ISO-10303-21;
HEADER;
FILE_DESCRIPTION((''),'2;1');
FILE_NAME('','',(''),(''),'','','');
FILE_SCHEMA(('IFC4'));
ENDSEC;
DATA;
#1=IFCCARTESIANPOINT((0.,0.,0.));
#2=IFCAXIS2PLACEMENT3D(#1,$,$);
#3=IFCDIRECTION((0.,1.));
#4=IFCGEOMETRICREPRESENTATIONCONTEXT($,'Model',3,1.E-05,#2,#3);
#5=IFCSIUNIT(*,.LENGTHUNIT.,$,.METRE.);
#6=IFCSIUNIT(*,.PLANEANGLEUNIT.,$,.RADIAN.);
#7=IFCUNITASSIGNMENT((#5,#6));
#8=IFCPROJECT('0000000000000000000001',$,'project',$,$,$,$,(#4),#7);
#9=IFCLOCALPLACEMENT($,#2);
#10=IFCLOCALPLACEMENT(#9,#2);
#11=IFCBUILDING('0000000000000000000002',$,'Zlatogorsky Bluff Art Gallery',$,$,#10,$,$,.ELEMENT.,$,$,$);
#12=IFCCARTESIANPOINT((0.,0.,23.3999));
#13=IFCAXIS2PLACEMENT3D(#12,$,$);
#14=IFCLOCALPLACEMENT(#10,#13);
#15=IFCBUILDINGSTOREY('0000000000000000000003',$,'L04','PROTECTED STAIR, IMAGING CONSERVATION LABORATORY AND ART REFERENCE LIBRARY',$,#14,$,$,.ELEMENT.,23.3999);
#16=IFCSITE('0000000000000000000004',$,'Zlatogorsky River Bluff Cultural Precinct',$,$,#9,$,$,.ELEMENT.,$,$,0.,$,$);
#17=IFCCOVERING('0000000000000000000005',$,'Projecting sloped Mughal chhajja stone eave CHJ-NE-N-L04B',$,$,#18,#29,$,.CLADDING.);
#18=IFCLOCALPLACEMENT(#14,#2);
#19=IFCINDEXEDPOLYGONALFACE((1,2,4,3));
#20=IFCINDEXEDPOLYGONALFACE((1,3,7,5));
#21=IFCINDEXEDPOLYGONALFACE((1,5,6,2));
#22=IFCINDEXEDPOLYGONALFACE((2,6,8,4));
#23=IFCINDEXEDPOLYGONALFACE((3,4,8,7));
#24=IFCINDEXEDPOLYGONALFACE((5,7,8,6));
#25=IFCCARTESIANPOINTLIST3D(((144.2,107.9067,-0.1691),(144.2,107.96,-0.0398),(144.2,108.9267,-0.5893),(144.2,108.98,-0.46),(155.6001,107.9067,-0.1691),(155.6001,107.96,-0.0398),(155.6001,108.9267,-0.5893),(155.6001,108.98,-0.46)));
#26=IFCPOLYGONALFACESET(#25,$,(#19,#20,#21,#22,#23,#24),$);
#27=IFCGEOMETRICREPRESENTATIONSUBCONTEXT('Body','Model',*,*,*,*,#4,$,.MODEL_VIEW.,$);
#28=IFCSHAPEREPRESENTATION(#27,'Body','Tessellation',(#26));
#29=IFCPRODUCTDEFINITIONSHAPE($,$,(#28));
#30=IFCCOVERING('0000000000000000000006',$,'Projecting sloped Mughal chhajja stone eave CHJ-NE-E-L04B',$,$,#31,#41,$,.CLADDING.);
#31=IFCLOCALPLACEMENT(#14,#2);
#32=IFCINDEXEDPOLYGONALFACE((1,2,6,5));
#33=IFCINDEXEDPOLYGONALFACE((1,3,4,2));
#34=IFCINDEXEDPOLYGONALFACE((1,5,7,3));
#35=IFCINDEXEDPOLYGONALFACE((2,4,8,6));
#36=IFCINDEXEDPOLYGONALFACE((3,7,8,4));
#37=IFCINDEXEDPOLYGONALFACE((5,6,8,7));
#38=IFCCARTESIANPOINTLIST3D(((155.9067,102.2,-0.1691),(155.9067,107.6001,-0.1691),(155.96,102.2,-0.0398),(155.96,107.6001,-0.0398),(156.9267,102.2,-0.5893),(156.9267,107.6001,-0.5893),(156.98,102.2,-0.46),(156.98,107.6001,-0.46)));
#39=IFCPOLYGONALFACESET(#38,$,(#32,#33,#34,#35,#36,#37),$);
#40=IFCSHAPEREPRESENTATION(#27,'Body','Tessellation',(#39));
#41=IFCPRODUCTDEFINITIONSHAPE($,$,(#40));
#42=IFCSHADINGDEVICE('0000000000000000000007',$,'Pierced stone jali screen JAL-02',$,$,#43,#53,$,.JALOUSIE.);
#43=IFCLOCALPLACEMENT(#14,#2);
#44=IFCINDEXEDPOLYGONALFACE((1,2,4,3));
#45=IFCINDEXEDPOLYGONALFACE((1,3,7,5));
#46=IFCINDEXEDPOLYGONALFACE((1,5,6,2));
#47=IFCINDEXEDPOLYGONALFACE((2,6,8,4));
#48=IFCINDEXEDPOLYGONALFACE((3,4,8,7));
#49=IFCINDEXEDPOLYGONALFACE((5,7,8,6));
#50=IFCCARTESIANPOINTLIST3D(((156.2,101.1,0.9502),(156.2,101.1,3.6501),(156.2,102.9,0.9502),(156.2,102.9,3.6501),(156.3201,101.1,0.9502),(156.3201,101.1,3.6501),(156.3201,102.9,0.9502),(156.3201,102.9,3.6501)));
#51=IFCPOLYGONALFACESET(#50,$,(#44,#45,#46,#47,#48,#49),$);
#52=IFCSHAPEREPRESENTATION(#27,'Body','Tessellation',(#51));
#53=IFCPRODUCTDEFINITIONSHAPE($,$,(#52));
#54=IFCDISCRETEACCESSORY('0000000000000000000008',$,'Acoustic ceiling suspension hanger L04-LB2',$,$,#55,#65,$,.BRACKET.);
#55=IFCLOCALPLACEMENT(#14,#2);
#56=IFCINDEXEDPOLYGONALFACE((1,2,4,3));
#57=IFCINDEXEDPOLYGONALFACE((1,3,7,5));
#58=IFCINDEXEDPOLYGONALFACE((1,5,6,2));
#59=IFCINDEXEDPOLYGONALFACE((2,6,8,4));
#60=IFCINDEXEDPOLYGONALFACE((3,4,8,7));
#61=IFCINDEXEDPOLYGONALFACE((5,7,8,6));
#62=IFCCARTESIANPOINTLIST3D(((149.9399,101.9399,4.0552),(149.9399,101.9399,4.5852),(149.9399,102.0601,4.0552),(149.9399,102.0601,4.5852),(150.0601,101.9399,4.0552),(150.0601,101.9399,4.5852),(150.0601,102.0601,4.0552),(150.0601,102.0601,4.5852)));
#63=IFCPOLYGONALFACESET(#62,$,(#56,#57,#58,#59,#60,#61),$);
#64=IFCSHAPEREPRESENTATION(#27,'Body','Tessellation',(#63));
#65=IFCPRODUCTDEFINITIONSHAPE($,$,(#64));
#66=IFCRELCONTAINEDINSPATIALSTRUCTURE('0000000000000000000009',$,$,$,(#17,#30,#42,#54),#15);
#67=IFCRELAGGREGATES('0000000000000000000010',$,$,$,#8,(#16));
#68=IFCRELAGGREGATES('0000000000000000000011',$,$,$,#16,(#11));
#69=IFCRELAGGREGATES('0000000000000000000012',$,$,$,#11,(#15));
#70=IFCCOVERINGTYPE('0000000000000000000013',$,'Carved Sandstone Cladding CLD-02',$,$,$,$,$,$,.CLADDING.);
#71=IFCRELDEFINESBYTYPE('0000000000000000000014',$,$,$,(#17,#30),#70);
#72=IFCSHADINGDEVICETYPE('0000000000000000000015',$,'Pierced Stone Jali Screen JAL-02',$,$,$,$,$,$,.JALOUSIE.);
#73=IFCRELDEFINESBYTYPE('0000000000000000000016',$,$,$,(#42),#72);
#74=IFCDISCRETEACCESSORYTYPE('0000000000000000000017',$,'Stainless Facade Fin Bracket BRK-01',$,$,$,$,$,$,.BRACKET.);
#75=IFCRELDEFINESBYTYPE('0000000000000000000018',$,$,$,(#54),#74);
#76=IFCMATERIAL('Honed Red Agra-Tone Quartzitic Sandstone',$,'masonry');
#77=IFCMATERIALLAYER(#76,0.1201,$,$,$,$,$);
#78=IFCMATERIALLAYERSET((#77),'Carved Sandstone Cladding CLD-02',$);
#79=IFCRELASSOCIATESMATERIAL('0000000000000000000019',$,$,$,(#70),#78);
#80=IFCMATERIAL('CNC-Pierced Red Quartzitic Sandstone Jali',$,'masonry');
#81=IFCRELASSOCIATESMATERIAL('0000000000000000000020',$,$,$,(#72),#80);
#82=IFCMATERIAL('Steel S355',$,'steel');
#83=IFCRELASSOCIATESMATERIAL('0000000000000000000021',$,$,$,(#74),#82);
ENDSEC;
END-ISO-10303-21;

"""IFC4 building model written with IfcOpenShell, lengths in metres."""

from ifc_helpers import new_model, si_unit, direction, frame, origin, origin_2d, place, context, subcontext, project, spatial, polyline, rectangle, outline, extrude, material, layer, layer_set, type_object, element, save


model = new_model("IFC4")

# Units and contexts
model_context = context("Model", 3, precision=1e-05, world=origin(), true_north=direction((0.0, 1.0)))
body_context = subcontext(model_context, "Body", "Model", "MODEL_VIEW")
ifc_project = project(units=[si_unit("LENGTHUNIT", "METRE"), si_unit("PLANEANGLEUNIT", "RADIAN")], contexts=[model_context])

# Site, building, storey
site_placement = place(None, origin())
site = spatial("IfcSite", under=ifc_project, at=site_placement, Name="Zlatogorsky River Bluff Cultural Precinct", CompositionType="ELEMENT", RefElevation=0.0)
building_placement = place(site_placement, origin())
building = spatial("IfcBuilding", under=site, at=building_placement, Name="Zlatogorsky Bluff Art Gallery", CompositionType="ELEMENT")
storey_placement = place(building_placement, frame((0.0, 0.0, 23.3999)))
storey = spatial("IfcBuildingStorey", under=building, at=storey_placement, Name="L04", Description="PROTECTED STAIR, IMAGING CONSERVATION LABORATORY AND ART REFERENCE LIBRARY", CompositionType="ELEMENT", Elevation=23.3999)

# Shared definitions
ifc_material_1 = material(Name="Steel S355", Category="steel")

# Coverings
ifc_material_2 = material(Name="Honed Red Agra-Tone Quartzitic Sandstone", Category="masonry")
ifc_layer_1 = layer(ifc_material_2, 0.1201)
ifc_layer_set_1 = layer_set([ifc_layer_1], Name="Carved Sandstone Cladding CLD-02")
covering_type = type_object("IfcCoveringType", Name="Carved Sandstone Cladding CLD-02", PredefinedType="CLADDING", material=ifc_layer_set_1)
covering_1_placement = place(storey_placement, frame((144.2, 107.96, -0.0398), z_axis=(0.0, 0.380872, 0.924628), x_axis=(1.0, 0.0, 0.0)))
element("IfcCovering", 1, at=covering_1_placement, inside=storey, type_object=covering_type, Name="Projecting sloped Mughal chhajja stone eave CHJ-NE-N-L04B", PredefinedType="CLADDING", context=body_context, shape_type="SweptSolid", body=[
    extrude(outline(polyline([(0.0, 0.0), (11.4001, 0.0), (11.4001, 1.1032), (0.0, 1.1032), (0.0, 0.0)])), origin(), (0.0, 0.0, -1.0), 0.1399),
])
covering_2_placement = place(storey_placement, frame((155.96, 107.6001, -0.0398), z_axis=(0.380872, 0.0, 0.924628), x_axis=(0.0, -1.0, 0.0)))
element("IfcCovering", 2, at=covering_2_placement, inside=storey, type_object=covering_type, Name="Projecting sloped Mughal chhajja stone eave CHJ-NE-E-L04B", PredefinedType="CLADDING", context=body_context, shape_type="SweptSolid", body=[
    extrude(outline(polyline([(0.0, 0.0), (5.4001, 0.0), (5.4001, 1.1032), (0.0, 1.1032), (0.0, 0.0)])), origin(), (0.0, 0.0, -1.0), 0.1399),
])

# Shading device
ifc_material_3 = material(Name="CNC-Pierced Red Quartzitic Sandstone Jali", Category="masonry")
shading_device_type = type_object("IfcShadingDeviceType", Name="Pierced Stone Jali Screen JAL-02", PredefinedType="JALOUSIE", material=ifc_material_3)
shading_device_placement = place(storey_placement, frame((156.26, 102.0, 0.9502), z_axis=(0.0, 0.0, 1.0), x_axis=(1.0, 0.0, 0.0)))
element("IfcShadingDevice", 3, at=shading_device_placement, inside=storey, type_object=shading_device_type, Name="Pierced stone jali screen JAL-02", PredefinedType="JALOUSIE", context=body_context, shape_type="SweptSolid", body=[
    extrude(rectangle(XDim=0.1201, YDim=1.8, at=origin_2d()), origin(), (0.0, 0.0, 1.0), 2.7),
])

# Discrete accessory
discrete_accessory_type = type_object("IfcDiscreteAccessoryType", Name="Stainless Facade Fin Bracket BRK-01", PredefinedType="BRACKET", material=ifc_material_1)
discrete_accessory_placement = place(storey_placement, frame((150.0, 102.0, 4.0552), z_axis=(0.0, 0.0, 1.0), x_axis=(1.0, 0.0, 0.0)))
element("IfcDiscreteAccessory", 4, at=discrete_accessory_placement, inside=storey, type_object=discrete_accessory_type, Name="Acoustic ceiling suspension hanger L04-LB2", PredefinedType="BRACKET", context=body_context, shape_type="SweptSolid", body=[
    extrude(rectangle(XDim=0.1201, YDim=0.1201, at=origin_2d()), origin(), (0.0, 0.0, 1.0), 0.53),
])

save(model, "model.ifc")
